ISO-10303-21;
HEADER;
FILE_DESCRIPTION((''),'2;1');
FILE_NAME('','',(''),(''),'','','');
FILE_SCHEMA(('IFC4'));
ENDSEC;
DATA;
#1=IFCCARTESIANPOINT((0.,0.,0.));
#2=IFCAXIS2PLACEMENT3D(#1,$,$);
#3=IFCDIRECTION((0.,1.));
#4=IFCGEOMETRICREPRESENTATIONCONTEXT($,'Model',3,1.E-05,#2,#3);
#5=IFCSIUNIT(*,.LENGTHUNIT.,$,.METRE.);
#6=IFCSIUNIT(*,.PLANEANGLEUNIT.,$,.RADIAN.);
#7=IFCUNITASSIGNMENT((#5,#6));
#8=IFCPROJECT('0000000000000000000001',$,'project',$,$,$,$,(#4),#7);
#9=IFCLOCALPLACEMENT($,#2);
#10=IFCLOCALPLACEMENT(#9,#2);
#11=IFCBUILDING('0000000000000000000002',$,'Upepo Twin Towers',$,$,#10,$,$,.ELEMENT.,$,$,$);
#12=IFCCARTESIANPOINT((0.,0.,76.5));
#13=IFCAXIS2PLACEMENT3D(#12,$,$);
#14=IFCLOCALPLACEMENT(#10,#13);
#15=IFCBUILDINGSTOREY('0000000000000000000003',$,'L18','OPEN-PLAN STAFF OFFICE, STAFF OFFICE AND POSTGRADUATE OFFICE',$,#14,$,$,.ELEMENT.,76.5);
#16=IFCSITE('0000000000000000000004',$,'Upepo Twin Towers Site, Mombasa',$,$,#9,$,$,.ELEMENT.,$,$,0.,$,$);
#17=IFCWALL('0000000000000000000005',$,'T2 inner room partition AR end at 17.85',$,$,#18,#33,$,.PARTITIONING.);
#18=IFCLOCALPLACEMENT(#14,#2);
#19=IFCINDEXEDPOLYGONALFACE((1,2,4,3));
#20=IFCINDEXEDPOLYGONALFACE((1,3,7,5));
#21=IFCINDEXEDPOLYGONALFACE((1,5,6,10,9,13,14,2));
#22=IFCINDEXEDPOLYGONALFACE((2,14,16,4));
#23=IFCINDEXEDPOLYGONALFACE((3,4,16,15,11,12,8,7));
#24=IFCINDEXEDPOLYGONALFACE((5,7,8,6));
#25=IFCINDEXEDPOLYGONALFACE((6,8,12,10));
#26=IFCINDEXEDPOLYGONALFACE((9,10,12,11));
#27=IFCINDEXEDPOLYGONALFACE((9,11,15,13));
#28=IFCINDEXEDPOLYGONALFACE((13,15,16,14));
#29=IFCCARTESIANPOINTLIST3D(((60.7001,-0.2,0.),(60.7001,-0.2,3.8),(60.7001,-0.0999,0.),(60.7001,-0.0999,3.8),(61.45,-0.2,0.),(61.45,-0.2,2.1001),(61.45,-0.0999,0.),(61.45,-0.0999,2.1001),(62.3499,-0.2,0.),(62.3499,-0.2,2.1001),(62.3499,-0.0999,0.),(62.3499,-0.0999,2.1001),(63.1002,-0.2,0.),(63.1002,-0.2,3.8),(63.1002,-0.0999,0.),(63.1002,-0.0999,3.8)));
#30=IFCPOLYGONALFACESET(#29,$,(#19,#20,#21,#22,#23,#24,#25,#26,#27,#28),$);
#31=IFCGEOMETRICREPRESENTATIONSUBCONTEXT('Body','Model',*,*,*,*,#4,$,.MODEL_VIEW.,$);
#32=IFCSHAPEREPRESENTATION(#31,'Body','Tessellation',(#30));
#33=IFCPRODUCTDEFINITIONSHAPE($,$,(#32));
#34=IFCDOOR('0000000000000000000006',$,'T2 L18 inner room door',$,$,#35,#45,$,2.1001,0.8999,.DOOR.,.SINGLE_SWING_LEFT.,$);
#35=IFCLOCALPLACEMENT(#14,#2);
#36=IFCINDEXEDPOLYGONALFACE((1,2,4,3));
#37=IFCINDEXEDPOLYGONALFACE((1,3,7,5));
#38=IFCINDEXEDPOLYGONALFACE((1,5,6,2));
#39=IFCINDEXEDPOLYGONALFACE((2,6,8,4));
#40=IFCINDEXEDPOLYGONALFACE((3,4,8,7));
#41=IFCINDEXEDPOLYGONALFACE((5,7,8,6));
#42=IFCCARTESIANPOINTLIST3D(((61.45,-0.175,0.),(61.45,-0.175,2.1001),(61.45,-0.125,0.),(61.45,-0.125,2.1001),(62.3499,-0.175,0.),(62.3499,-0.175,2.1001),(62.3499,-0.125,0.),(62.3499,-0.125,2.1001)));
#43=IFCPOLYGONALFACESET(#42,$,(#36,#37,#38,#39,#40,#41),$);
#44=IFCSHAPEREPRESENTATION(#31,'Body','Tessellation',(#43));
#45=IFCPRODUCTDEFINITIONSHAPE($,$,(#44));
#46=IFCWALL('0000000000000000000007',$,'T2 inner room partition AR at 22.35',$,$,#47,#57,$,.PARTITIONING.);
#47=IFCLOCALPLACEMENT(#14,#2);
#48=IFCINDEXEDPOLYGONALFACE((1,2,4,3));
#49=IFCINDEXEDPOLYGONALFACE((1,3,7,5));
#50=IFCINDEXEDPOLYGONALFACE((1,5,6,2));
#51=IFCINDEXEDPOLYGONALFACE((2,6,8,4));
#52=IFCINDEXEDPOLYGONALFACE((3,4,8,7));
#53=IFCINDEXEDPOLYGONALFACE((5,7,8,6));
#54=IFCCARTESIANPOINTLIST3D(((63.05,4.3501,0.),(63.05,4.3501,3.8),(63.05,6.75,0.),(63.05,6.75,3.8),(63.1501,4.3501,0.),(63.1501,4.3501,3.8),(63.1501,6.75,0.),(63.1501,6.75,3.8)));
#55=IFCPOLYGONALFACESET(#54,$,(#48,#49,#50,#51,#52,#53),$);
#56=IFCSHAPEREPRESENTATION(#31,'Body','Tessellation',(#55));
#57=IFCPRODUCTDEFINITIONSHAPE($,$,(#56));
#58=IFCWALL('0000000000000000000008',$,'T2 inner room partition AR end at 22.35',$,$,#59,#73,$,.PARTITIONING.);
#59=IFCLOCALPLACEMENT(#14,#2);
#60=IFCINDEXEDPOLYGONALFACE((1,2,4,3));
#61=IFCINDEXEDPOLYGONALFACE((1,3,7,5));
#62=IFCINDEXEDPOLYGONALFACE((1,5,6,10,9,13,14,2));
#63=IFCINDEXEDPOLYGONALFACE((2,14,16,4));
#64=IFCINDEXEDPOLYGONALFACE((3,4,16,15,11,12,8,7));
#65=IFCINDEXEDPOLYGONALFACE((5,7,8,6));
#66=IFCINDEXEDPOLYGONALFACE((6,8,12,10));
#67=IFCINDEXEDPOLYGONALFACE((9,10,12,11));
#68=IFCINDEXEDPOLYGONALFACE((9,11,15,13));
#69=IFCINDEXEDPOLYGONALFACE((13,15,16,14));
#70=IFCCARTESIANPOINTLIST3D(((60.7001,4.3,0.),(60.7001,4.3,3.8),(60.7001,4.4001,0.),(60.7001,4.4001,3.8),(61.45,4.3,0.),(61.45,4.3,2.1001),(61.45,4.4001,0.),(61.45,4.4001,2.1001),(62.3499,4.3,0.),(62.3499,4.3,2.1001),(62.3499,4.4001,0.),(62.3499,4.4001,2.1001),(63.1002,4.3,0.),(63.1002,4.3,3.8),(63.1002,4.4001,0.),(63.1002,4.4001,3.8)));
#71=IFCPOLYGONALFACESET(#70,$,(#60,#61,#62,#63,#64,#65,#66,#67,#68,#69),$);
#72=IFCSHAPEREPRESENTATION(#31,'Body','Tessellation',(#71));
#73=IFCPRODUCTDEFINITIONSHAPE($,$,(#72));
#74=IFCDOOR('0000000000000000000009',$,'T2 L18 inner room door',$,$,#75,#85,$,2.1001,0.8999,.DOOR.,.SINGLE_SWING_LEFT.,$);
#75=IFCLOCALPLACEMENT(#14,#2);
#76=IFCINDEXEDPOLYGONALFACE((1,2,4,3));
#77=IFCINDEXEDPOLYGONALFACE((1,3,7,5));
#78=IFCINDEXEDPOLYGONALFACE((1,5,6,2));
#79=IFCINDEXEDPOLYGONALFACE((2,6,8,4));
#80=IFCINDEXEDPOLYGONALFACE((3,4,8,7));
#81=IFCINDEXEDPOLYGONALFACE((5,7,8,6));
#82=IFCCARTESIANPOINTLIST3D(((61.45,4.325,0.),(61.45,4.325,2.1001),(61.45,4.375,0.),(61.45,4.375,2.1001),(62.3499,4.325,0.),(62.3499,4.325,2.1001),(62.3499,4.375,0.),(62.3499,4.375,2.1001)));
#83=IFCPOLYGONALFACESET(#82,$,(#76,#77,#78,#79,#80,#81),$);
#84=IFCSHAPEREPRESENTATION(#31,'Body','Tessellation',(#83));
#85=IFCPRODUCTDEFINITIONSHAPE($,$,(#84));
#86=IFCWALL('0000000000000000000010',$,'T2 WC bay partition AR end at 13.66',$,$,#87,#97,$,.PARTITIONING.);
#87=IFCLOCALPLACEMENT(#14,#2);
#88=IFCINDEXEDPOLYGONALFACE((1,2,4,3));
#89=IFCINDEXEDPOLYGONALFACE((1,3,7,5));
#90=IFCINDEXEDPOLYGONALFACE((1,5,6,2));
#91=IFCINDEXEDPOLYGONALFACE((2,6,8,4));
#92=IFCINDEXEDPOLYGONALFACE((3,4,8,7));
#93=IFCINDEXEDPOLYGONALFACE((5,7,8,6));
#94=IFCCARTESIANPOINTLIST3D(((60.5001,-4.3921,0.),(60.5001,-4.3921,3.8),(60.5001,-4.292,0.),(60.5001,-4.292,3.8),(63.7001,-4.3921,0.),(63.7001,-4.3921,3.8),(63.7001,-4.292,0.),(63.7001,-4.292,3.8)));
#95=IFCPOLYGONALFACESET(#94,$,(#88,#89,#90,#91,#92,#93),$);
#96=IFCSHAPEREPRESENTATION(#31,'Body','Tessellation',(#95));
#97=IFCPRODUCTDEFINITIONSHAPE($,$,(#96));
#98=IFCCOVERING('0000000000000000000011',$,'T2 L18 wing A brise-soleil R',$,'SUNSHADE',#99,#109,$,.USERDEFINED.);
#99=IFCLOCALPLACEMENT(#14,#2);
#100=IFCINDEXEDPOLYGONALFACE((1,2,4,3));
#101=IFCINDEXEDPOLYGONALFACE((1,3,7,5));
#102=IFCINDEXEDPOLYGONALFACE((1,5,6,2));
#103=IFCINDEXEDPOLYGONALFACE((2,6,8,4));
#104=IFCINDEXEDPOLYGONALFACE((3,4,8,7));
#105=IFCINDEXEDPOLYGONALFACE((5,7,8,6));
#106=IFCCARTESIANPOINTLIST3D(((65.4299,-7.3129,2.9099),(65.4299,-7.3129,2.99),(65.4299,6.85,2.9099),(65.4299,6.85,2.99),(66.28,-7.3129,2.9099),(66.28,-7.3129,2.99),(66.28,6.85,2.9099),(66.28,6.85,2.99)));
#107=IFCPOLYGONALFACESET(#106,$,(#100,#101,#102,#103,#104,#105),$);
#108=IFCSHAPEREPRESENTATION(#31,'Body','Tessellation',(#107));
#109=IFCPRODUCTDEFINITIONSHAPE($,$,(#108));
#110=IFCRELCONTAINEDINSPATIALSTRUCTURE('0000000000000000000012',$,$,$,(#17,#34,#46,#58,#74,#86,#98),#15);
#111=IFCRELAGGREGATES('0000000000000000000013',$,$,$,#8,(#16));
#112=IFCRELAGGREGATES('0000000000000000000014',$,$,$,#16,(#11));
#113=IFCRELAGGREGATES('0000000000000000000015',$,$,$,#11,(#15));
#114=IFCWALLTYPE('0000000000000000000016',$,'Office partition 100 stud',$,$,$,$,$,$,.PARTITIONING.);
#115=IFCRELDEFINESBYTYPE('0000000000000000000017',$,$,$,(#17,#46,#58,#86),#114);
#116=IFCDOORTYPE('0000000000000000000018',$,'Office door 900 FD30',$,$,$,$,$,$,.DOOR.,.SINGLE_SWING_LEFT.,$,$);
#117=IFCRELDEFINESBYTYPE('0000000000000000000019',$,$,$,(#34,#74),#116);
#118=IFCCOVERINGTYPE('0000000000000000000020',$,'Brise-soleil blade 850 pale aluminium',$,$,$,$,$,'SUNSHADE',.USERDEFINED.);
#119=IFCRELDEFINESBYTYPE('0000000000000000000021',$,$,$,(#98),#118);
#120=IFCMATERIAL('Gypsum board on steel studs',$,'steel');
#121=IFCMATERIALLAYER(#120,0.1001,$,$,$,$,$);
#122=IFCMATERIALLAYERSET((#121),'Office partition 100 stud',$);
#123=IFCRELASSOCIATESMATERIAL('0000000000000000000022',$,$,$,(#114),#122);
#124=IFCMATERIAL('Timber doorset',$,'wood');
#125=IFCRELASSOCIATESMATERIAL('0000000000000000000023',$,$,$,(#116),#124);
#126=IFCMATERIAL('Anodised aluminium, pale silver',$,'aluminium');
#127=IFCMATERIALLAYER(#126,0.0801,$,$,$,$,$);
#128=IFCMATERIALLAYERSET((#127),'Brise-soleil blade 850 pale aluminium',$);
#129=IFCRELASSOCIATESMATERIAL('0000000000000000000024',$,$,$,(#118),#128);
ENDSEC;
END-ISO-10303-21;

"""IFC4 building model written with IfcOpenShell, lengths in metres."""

from ifc_helpers import new_model, si_unit, direction, frame, frame_2d, origin, origin_2d, place, context, subcontext, project, spatial, rectangle, extrude, material, layer, layer_set, type_object, element, fill, save


model = new_model("IFC4")

# Units and contexts
model_context = context("Model", 3, precision=1e-05, world=origin(), true_north=direction((0.0, 1.0)))
body_context = subcontext(model_context, "Body", "Model", "MODEL_VIEW")
ifc_project = project(units=[si_unit("LENGTHUNIT", "METRE"), si_unit("PLANEANGLEUNIT", "RADIAN")], contexts=[model_context])

# Site, building, storey
site_placement = place(None, origin())
site = spatial("IfcSite", under=ifc_project, at=site_placement, Name="Upepo Twin Towers Site, Mombasa", CompositionType="ELEMENT", RefElevation=0.0)
building_placement = place(site_placement, origin())
building = spatial("IfcBuilding", under=site, at=building_placement, Name="Upepo Twin Towers", CompositionType="ELEMENT")
storey_placement = place(building_placement, frame((0.0, 0.0, 76.5)))
storey = spatial("IfcBuildingStorey", under=building, at=storey_placement, Name="L18", Description="OPEN-PLAN STAFF OFFICE, STAFF OFFICE AND POSTGRADUATE OFFICE", CompositionType="ELEMENT", Elevation=76.5)

# Shared definitions
ifc_material_1 = material(Name="Gypsum board on steel studs", Category="steel")
ifc_layer_1 = layer(ifc_material_1, 0.1001)
ifc_layer_set_1 = layer_set([ifc_layer_1], Name="Office partition 100 stud")
wall_type = type_object("IfcWallType", Name="Office partition 100 stud", PredefinedType="PARTITIONING", material=ifc_layer_set_1)

# Wall, opening, door
wall_1_placement = place(storey_placement, frame((60.7, -0.1499, 0.0), z_axis=(0.0, 0.0, 1.0), x_axis=(1.0, 0.0, 0.0)))
wall_1 = element("IfcWall", 1, at=wall_1_placement, inside=storey, type_object=wall_type, Name="T2 inner room partition AR end at 17.85", PredefinedType="PARTITIONING", context=body_context, shape_type="SweptSolid", body=[
    extrude(rectangle(XDim=2.4001, YDim=0.1001, at=frame_2d((1.2002, 0.0))), origin(), (0.0, 0.0, 1.0), 3.8),
])
opening_1_placement = place(wall_1_placement, frame((0.75, 0.0, 0.0)))
opening_1 = element("IfcOpeningElement", 2, at=opening_1_placement, cuts=wall_1, PredefinedType="OPENING", context=body_context, shape_type="SweptSolid", body=[
    extrude(rectangle(XDim=0.8999, YDim=2.1001, at=frame_2d((0.45, 1.05))), frame((0.0, 0.0601, 0.0), z_axis=(0.0, -1.0, 0.0), x_axis=(1.0, 0.0, 0.0)), (0.0, 0.0, 1.0), 0.1201),
])
ifc_material_2 = material(Name="Timber doorset", Category="wood")
door_type = type_object("IfcDoorType", Name="Office door 900 FD30", OperationType="SINGLE_SWING_LEFT", PredefinedType="DOOR", material=ifc_material_2)
door_1_placement = place(opening_1_placement, origin())
door_1 = element("IfcDoor", 3, at=door_1_placement, inside=storey, type_object=door_type, Name="T2 L18 inner room door", OperationType="SINGLE_SWING_LEFT", OverallHeight=2.1001, OverallWidth=0.8999, PredefinedType="DOOR", context=body_context, shape_type="SweptSolid", body=[
    extrude(rectangle(XDim=0.8999, YDim=2.1001, at=frame_2d((0.45, 1.05))), frame((0.0, 0.0249, 0.0), z_axis=(0.0, -1.0, 0.0), x_axis=(1.0, 0.0, 0.0)), (0.0, 0.0, 1.0), 0.05),
])
fill(opening_1, door_1)

# Wall
wall_2_placement = place(storey_placement, frame((63.1001, 4.3501, 0.0), z_axis=(0.0, 0.0, 1.0), x_axis=(0.0, 1.0, 0.0)))
element("IfcWall", 4, at=wall_2_placement, inside=storey, type_object=wall_type, Name="T2 inner room partition AR at 22.35", PredefinedType="PARTITIONING", context=body_context, shape_type="SweptSolid", body=[
    extrude(rectangle(XDim=2.3999, YDim=0.1001, at=frame_2d((1.2, 0.0))), origin(), (0.0, 0.0, 1.0), 3.8),
])

# Wall, opening, door
wall_3_placement = place(storey_placement, frame((60.7, 4.3501, 0.0), z_axis=(0.0, 0.0, 1.0), x_axis=(1.0, 0.0, 0.0)))
wall_3 = element("IfcWall", 5, at=wall_3_placement, inside=storey, type_object=wall_type, Name="T2 inner room partition AR end at 22.35", PredefinedType="PARTITIONING", context=body_context, shape_type="SweptSolid", body=[
    extrude(rectangle(XDim=2.4001, YDim=0.1001, at=frame_2d((1.2002, 0.0))), origin(), (0.0, 0.0, 1.0), 3.8),
])
opening_2_placement = place(wall_3_placement, frame((0.75, 0.0, 0.0)))
opening_2 = element("IfcOpeningElement", 6, at=opening_2_placement, cuts=wall_3, PredefinedType="OPENING", context=body_context, shape_type="SweptSolid", body=[
    extrude(rectangle(XDim=0.8999, YDim=2.1001, at=frame_2d((0.45, 1.05))), frame((0.0, 0.0601, 0.0), z_axis=(0.0, -1.0, 0.0), x_axis=(1.0, 0.0, 0.0)), (0.0, 0.0, 1.0), 0.1201),
])
door_2_placement = place(opening_2_placement, origin())
door_2 = element("IfcDoor", 7, at=door_2_placement, inside=storey, type_object=door_type, Name="T2 L18 inner room door", OperationType="SINGLE_SWING_LEFT", OverallHeight=2.1001, OverallWidth=0.8999, PredefinedType="DOOR", context=body_context, shape_type="SweptSolid", body=[
    extrude(rectangle(XDim=0.8999, YDim=2.1001, at=frame_2d((0.45, 1.05))), frame((0.0, 0.0249, 0.0), z_axis=(0.0, -1.0, 0.0), x_axis=(1.0, 0.0, 0.0)), (0.0, 0.0, 1.0), 0.05),
])
fill(opening_2, door_2)

# Wall
wall_4_placement = place(storey_placement, frame((60.5, -4.342, 0.0), z_axis=(0.0, 0.0, 1.0), x_axis=(1.0, 0.0, 0.0)))
element("IfcWall", 8, at=wall_4_placement, inside=storey, type_object=wall_type, Name="T2 WC bay partition AR end at 13.66", PredefinedType="PARTITIONING", context=body_context, shape_type="SweptSolid", body=[
    extrude(rectangle(XDim=3.2, YDim=0.1001, at=frame_2d((1.6001, 0.0))), origin(), (0.0, 0.0, 1.0), 3.8),
])

# Covering
ifc_material_3 = material(Name="Anodised aluminium, pale silver", Category="aluminium")
ifc_layer_2 = layer(ifc_material_3, 0.0801)
ifc_layer_set_2 = layer_set([ifc_layer_2], Name="Brise-soleil blade 850 pale aluminium")
covering_type = type_object("IfcCoveringType", Name="Brise-soleil blade 850 pale aluminium", ElementType="SUNSHADE", PredefinedType="USERDEFINED", material=ifc_layer_set_2)
covering_placement = place(storey_placement, frame((65.855, -0.2314, 2.9099), z_axis=(0.0, 0.0, 1.0), x_axis=(0.0, 1.0, 0.0)))
element("IfcCovering", 9, at=covering_placement, inside=storey, type_object=covering_type, Name="T2 L18 wing A brise-soleil R", ObjectType="SUNSHADE", PredefinedType="USERDEFINED", context=body_context, shape_type="SweptSolid", body=[
    extrude(rectangle(XDim=14.1628, YDim=0.8501, at=origin_2d()), origin(), (0.0, 0.0, 1.0), 0.0801),
])

save(model, "model.ifc")
